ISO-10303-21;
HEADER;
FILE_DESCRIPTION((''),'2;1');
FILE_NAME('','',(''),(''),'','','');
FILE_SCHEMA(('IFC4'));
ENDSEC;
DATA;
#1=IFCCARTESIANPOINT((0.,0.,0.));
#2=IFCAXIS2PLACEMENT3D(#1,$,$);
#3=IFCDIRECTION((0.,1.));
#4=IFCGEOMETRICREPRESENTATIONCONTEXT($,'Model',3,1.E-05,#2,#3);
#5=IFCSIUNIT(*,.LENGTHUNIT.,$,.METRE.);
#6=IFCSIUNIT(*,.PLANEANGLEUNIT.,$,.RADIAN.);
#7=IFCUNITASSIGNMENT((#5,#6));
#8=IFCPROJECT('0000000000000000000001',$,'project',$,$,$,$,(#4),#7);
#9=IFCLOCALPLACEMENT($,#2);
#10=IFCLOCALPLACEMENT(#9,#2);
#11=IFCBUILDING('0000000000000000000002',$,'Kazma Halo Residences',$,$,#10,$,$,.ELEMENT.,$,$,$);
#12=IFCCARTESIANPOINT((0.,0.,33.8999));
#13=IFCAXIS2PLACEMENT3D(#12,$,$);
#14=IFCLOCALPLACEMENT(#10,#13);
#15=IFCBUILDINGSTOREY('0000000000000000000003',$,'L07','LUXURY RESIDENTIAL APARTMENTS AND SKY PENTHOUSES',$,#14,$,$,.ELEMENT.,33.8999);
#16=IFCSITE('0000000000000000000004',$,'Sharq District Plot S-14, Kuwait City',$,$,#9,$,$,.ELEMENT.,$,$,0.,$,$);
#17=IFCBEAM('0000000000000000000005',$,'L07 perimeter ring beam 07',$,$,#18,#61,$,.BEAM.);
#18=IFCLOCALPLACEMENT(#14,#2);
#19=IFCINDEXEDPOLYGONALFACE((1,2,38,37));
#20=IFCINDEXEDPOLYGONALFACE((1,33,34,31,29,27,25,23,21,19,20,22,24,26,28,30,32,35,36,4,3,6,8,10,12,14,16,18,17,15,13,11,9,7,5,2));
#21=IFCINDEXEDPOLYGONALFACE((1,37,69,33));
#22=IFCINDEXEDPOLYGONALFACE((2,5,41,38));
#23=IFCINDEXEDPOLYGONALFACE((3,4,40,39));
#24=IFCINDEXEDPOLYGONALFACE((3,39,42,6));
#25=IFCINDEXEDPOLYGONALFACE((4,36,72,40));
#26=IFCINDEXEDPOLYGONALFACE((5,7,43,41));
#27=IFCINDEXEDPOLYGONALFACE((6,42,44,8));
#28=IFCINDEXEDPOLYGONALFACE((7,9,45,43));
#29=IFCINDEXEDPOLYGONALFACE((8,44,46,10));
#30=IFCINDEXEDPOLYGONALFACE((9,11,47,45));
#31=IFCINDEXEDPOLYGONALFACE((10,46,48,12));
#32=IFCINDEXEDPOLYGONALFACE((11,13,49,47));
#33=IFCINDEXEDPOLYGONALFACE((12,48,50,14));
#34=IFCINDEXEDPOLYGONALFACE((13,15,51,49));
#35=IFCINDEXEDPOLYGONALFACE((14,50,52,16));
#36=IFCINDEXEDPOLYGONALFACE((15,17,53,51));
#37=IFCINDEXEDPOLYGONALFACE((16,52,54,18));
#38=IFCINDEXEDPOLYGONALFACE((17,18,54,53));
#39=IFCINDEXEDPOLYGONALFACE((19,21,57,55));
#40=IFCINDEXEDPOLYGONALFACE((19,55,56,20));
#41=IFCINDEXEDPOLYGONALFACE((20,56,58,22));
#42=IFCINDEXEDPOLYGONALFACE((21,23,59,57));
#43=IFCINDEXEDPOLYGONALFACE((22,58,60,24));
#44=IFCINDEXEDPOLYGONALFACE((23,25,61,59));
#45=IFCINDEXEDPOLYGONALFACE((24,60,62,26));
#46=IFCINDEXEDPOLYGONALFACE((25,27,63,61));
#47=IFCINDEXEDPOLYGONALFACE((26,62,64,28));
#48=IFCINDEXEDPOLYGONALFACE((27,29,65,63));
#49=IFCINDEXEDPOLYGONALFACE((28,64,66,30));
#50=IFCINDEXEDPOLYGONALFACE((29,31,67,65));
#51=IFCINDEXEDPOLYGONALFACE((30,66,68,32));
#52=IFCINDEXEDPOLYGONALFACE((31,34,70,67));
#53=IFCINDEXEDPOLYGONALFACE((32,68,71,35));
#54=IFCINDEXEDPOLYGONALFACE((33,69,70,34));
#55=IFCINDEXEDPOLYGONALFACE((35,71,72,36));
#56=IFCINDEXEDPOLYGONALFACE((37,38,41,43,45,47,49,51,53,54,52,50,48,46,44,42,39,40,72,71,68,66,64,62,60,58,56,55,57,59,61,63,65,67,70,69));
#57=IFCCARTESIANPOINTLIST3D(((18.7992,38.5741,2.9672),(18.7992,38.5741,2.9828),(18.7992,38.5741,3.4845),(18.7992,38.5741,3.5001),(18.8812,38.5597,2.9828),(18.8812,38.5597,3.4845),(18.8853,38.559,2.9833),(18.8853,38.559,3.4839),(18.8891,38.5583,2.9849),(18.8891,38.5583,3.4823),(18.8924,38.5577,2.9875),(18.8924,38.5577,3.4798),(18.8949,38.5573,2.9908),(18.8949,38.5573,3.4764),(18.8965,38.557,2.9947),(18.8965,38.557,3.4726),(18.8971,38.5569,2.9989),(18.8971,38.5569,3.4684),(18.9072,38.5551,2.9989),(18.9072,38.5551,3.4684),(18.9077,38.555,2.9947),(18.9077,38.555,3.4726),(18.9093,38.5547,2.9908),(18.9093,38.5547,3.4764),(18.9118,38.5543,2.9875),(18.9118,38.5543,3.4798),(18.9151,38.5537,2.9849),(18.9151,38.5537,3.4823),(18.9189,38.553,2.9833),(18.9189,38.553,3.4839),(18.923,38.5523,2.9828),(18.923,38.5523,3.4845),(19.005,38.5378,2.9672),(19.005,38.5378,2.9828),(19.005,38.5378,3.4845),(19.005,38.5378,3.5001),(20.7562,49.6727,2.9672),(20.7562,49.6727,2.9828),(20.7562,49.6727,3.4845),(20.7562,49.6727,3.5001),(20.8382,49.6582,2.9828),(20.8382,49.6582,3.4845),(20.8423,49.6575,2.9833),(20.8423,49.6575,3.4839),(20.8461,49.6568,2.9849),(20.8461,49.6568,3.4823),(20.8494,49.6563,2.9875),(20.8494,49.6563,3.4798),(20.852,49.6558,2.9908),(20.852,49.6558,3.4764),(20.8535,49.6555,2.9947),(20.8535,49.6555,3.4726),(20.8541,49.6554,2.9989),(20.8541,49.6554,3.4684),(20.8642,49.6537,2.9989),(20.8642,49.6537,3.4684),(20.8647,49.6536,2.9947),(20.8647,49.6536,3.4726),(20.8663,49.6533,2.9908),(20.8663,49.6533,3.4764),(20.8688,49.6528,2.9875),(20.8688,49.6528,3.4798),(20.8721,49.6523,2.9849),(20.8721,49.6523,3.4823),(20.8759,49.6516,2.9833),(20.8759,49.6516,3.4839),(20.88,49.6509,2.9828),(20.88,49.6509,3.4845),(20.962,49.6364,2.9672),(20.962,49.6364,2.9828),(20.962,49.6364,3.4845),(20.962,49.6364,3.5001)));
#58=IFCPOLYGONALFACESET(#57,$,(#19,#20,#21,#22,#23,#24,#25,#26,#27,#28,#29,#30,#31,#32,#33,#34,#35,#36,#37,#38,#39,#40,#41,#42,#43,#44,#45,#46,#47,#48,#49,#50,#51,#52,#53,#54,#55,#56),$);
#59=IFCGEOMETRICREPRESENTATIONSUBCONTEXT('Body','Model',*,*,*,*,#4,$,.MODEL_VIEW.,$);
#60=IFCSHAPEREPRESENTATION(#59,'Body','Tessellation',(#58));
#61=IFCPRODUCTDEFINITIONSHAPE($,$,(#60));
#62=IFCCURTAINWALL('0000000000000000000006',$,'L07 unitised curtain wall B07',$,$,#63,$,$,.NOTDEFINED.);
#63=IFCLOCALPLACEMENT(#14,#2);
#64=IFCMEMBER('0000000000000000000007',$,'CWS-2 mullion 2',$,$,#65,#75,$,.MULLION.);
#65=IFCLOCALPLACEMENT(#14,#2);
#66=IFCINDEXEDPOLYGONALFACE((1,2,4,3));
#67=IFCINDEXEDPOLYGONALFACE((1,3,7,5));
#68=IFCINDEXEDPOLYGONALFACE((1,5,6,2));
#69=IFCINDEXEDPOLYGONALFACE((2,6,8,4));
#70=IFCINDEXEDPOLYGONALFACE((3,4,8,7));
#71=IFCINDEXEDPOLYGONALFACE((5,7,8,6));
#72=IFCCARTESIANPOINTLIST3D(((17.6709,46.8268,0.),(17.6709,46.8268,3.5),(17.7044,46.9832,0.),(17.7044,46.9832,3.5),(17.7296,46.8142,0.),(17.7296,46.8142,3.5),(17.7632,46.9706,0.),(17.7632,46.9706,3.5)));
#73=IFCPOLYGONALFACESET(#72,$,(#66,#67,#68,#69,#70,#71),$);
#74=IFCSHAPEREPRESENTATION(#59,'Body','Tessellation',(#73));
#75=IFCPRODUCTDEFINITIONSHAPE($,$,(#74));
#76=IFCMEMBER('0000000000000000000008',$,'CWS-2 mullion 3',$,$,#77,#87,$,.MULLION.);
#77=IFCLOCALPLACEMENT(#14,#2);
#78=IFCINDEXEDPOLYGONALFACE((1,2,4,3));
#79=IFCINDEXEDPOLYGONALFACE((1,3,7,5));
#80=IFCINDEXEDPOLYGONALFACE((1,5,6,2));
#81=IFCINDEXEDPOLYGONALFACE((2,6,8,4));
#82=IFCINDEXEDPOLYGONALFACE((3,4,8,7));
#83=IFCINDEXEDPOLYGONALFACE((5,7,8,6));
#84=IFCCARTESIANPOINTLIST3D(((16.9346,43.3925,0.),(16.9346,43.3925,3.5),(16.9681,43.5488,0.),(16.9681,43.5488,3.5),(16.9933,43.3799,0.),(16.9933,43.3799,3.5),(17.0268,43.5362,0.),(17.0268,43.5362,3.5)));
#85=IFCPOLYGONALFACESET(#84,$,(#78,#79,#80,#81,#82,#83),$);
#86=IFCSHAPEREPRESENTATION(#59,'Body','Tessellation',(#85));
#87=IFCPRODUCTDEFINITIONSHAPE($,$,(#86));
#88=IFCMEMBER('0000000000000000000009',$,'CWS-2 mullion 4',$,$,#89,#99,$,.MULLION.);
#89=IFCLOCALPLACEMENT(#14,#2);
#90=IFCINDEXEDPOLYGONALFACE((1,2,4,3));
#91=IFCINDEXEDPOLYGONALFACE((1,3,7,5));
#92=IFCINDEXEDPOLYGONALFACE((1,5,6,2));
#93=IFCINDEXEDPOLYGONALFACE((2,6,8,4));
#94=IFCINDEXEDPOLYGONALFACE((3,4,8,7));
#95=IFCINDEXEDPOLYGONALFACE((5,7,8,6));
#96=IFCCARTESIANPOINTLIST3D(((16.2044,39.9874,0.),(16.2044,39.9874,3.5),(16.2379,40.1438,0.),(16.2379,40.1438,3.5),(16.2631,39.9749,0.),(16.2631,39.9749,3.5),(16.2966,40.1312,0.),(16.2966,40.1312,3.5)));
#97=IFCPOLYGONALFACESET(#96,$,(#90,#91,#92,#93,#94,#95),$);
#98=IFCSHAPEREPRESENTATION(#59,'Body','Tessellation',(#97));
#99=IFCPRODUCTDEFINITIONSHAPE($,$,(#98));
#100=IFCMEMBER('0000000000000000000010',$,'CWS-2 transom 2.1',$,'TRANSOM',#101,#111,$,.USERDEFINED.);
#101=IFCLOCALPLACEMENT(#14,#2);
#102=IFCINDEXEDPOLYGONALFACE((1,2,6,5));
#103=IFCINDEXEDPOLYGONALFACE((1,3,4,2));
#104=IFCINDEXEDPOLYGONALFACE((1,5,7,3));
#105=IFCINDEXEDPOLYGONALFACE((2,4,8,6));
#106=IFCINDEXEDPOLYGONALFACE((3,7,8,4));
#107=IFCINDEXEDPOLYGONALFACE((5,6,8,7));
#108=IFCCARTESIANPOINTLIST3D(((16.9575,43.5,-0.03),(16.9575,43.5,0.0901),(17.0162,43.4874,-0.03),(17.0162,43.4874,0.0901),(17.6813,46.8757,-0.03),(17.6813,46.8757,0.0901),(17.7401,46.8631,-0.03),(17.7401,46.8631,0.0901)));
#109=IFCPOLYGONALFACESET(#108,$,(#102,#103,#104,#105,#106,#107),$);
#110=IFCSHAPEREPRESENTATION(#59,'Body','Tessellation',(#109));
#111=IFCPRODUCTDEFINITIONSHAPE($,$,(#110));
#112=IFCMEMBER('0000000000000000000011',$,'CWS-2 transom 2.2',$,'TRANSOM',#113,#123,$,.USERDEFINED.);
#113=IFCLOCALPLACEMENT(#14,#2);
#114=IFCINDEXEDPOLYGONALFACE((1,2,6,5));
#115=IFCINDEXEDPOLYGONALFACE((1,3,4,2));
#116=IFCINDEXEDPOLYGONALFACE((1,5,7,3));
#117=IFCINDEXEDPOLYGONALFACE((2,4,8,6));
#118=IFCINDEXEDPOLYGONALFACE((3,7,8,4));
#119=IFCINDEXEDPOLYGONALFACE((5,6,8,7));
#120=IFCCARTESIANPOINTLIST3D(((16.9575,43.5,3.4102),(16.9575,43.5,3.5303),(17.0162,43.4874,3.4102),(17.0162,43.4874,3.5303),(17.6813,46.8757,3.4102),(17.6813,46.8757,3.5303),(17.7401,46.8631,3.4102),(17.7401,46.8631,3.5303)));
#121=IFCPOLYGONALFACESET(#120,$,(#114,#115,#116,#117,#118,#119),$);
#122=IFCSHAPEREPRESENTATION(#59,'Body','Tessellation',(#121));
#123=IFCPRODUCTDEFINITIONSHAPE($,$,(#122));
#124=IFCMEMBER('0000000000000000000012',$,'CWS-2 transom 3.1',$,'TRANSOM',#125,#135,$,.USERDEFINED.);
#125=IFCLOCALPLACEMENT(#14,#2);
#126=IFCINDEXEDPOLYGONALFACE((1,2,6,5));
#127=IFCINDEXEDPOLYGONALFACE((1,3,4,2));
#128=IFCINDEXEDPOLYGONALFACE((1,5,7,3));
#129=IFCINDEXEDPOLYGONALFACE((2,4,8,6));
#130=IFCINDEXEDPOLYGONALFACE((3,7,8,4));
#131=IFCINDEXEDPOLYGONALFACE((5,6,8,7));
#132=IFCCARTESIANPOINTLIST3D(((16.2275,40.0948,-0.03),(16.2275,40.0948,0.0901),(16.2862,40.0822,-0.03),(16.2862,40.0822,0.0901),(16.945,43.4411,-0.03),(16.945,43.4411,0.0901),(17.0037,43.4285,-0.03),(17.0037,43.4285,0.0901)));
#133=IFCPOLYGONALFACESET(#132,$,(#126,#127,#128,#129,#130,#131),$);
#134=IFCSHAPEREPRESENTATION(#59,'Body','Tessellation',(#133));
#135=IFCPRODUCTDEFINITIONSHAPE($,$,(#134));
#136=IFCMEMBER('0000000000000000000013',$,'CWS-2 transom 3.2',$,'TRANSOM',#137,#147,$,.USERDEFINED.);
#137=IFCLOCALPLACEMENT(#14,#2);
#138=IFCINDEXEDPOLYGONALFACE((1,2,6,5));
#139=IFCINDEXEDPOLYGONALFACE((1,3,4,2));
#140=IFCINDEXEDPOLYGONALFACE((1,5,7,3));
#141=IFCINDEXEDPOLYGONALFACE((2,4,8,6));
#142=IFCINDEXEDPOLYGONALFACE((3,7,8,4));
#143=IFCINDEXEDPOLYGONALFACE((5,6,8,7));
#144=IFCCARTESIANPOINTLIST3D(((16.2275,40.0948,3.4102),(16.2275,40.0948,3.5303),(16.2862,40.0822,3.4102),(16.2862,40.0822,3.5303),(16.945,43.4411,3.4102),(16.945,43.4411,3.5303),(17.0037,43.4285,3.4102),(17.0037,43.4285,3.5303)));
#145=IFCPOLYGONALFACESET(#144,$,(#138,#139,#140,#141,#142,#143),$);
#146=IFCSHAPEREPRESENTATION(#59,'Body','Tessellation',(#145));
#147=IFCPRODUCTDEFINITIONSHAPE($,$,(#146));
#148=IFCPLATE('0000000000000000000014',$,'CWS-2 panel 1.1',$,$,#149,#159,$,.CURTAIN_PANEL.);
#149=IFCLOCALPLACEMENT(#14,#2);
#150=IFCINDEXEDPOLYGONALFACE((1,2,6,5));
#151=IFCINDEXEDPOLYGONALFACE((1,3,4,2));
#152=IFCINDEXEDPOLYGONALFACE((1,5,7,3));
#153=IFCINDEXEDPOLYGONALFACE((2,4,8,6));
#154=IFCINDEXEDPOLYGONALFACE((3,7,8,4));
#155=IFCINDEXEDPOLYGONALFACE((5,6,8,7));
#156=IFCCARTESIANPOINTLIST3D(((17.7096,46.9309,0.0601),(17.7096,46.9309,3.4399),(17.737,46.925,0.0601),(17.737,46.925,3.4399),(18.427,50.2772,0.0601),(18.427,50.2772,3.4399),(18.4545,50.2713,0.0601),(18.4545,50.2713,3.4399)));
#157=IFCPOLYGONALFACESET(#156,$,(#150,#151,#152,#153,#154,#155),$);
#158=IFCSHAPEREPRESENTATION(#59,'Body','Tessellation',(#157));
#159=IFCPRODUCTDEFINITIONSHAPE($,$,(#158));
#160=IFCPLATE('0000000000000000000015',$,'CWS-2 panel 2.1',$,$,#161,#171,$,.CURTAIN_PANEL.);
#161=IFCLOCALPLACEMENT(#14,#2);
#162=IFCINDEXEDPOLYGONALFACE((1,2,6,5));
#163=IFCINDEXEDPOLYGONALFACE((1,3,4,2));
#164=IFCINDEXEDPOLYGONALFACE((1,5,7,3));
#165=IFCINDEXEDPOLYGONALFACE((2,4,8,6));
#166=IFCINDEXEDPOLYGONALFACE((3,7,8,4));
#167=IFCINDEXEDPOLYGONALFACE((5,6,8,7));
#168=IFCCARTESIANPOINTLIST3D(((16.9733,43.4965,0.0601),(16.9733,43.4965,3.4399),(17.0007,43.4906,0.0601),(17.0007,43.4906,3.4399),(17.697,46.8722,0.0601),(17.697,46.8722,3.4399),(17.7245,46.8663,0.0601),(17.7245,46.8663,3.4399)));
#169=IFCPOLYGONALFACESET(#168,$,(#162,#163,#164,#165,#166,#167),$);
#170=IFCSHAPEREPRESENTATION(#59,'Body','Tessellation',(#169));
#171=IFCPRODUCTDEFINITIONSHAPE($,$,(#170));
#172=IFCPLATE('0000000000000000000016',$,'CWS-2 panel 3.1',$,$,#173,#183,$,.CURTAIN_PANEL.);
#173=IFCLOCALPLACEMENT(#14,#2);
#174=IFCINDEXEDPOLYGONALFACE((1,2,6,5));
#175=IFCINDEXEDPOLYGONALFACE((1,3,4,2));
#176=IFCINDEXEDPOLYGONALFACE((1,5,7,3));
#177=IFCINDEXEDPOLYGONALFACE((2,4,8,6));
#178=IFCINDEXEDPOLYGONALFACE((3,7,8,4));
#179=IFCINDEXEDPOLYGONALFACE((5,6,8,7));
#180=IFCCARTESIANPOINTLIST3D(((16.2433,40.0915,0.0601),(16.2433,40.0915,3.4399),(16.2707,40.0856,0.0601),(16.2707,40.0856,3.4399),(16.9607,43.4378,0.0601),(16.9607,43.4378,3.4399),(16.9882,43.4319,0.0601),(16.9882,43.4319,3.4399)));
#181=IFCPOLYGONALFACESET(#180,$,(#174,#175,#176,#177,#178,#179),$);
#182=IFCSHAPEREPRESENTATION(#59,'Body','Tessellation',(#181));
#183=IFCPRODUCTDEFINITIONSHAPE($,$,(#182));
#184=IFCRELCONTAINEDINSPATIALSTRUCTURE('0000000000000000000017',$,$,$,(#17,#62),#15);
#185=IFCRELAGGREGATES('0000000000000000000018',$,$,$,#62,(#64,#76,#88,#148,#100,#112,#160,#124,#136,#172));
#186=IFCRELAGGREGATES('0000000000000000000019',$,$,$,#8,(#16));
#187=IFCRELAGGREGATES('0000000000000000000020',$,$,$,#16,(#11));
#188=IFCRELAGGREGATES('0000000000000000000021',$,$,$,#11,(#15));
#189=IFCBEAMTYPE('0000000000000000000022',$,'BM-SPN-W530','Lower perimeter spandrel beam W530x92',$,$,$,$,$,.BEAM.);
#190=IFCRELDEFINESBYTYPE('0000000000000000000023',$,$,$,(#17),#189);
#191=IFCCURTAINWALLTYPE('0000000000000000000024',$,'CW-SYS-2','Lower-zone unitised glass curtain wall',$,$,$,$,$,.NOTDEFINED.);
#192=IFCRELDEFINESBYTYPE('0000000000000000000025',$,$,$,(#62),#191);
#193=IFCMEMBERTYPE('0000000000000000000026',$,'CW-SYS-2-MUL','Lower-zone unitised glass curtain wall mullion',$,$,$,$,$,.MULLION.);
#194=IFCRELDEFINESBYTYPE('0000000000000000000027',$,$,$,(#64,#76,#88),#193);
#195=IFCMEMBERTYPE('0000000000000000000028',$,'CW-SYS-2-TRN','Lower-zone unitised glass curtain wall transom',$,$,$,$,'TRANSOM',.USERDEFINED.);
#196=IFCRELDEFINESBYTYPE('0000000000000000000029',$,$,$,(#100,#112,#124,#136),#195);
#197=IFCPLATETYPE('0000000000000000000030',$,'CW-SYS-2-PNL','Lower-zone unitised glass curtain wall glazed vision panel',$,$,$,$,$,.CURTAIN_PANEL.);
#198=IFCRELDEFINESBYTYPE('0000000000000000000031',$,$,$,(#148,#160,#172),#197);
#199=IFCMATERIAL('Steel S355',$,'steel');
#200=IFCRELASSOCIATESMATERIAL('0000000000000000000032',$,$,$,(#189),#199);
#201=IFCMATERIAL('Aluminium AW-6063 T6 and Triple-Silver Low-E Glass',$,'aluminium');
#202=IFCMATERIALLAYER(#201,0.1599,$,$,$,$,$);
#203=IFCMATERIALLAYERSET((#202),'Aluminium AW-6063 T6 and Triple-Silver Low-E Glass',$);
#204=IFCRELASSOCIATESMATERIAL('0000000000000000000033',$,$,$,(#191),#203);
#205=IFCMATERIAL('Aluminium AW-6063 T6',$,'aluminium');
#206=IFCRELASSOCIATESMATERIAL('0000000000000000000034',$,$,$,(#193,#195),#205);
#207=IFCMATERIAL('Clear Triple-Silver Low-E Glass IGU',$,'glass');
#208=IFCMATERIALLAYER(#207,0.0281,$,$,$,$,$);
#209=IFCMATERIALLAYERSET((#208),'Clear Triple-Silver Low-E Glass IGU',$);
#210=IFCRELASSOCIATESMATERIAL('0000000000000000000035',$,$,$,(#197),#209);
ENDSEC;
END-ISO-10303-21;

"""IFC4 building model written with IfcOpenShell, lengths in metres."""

from ifc_helpers import new_model, si_unit, direction, frame, origin, origin_2d, place, context, subcontext, project, spatial, rectangle, i_section, extrude, material, layer, layer_set, material_profile, profile_set, type_object, element, aggregate, save


model = new_model("IFC4")

# Units and contexts
model_context = context("Model", 3, precision=1e-05, world=origin(), true_north=direction((0.0, 1.0)))
body_context = subcontext(model_context, "Body", "Model", "MODEL_VIEW")
ifc_project = project(units=[si_unit("LENGTHUNIT", "METRE"), si_unit("PLANEANGLEUNIT", "RADIAN")], contexts=[model_context])

# Site, building, storey
site_placement = place(None, origin())
site = spatial("IfcSite", under=ifc_project, at=site_placement, Name="Sharq District Plot S-14, Kuwait City", CompositionType="ELEMENT", RefElevation=0.0)
building_placement = place(site_placement, origin())
building = spatial("IfcBuilding", under=site, at=building_placement, Name="Kazma Halo Residences", CompositionType="ELEMENT")
storey_placement = place(building_placement, frame((0.0, 0.0, 33.8999)))
storey = spatial("IfcBuildingStorey", under=building, at=storey_placement, Name="L07", Description="LUXURY RESIDENTIAL APARTMENTS AND SKY PENTHOUSES", CompositionType="ELEMENT", Elevation=33.8999)

# Beam
ifc_material_1 = material(Name="Steel S355", Category="steel")
ifc_material_profile_1 = material_profile(ifc_material_1, i_section(OverallWidth=0.209, OverallDepth=0.533, WebThickness=0.0103, FlangeThickness=0.0156, FilletRadius=0.0161, at=origin_2d()), Name="W530x92")
ifc_profile_set_1 = profile_set([ifc_material_profile_1], Name="Steel S355")
beam_type_1 = type_object("IfcBeamType", Name="BM-SPN-W530", Description="Lower perimeter spandrel beam W530x92", PredefinedType="BEAM", material=ifc_profile_set_1)
beam_1_placement = place(storey_placement, frame((20.8591, 49.6545, 3.2336), z_axis=(-0.173652, -0.984807, 0.0), x_axis=(0.984807, -0.173652, 0.0)))
element("IfcBeam", 1, at=beam_1_placement, inside=storey, type_object=beam_type_1, Name="L07 perimeter ring beam 07", PredefinedType="BEAM", context=body_context, shape_type="SweptSolid", body=[
    extrude(i_section(OverallWidth=0.209, OverallDepth=0.533, WebThickness=0.0103, FlangeThickness=0.0156, FilletRadius=0.0161, at=origin_2d()), origin(), (0.0, 0.0, 1.0), 11.2698),
])

# Curtain wall, members, plates
ifc_material_2 = material(Name="Aluminium AW-6063 T6 and Triple-Silver Low-E Glass", Category="aluminium")
ifc_layer_1 = layer(ifc_material_2, 0.1599)
ifc_layer_set_1 = layer_set([ifc_layer_1], Name="Aluminium AW-6063 T6 and Triple-Silver Low-E Glass")
curtain_wall_type = type_object("IfcCurtainWallType", Name="CW-SYS-2", Description="Lower-zone unitised glass curtain wall", PredefinedType="NOTDEFINED", material=ifc_layer_set_1)
curtain_wall_placement = place(storey_placement, origin())
curtain_wall = element("IfcCurtainWall", 2, at=curtain_wall_placement, inside=storey, type_object=curtain_wall_type, Name="L07 unitised curtain wall B07", PredefinedType="NOTDEFINED")
ifc_material_3 = material(Name="Aluminium AW-6063 T6", Category="aluminium")
ifc_material_profile_2 = material_profile(ifc_material_3, rectangle(XDim=0.0601, YDim=0.1599, at=origin_2d()), Name="CWM-60x160")
ifc_profile_set_2 = profile_set([ifc_material_profile_2], Name="Aluminium AW-6063 T6")
member_type_1 = type_object("IfcMemberType", Name="CW-SYS-2-MUL", Description="Lower-zone unitised glass curtain wall mullion", PredefinedType="MULLION", material=ifc_profile_set_2)
member_1_placement = place(storey_placement, frame((17.717, 46.8987, 0.0), z_axis=(0.0, 0.0, 1.0), x_axis=(0.977779, -0.209637, 0.0)))
member_1 = element("IfcMember", 3, at=member_1_placement, type_object=member_type_1, Name="CWS-2 mullion 2", PredefinedType="MULLION", context=body_context, shape_type="SweptSolid", body=[
    extrude(rectangle(XDim=0.0601, YDim=0.1599, at=origin_2d()), origin(), (0.0, 0.0, 1.0), 3.5),
])
member_2_placement = place(storey_placement, frame((16.9807, 43.4644, 0.0), z_axis=(0.0, 0.0, 1.0), x_axis=(0.977779, -0.209637, 0.0)))
member_2 = element("IfcMember", 4, at=member_2_placement, type_object=member_type_1, Name="CWS-2 mullion 3", PredefinedType="MULLION", context=body_context, shape_type="SweptSolid", body=[
    extrude(rectangle(XDim=0.0601, YDim=0.1599, at=origin_2d()), origin(), (0.0, 0.0, 1.0), 3.5),
])
member_3_placement = place(storey_placement, frame((16.2505, 40.0593, 0.0), z_axis=(0.0, 0.0, 1.0), x_axis=(0.977779, -0.209637, 0.0)))
member_3 = element("IfcMember", 5, at=member_3_placement, type_object=member_type_1, Name="CWS-2 mullion 4", PredefinedType="MULLION", context=body_context, shape_type="SweptSolid", body=[
    extrude(rectangle(XDim=0.0601, YDim=0.1599, at=origin_2d()), origin(), (0.0, 0.0, 1.0), 3.5),
])
ifc_material_profile_3 = material_profile(ifc_material_3, rectangle(XDim=0.0601, YDim=0.1201, at=origin_2d()), Name="CWT-60x120")
ifc_profile_set_3 = profile_set([ifc_material_profile_3], Name="Aluminium AW-6063 T6")
member_type_2 = type_object("IfcMemberType", Name="CW-SYS-2-TRN", Description="Lower-zone unitised glass curtain wall transom", ElementType="TRANSOM", PredefinedType="USERDEFINED", material=ifc_profile_set_3)
member_4_placement = place(storey_placement, frame((17.7107, 46.8694, 0.03), z_axis=(-0.209669, -0.977772, 0.0), x_axis=(0.977772, -0.209669, 0.0)))
member_4 = element("IfcMember", 6, at=member_4_placement, type_object=member_type_2, Name="CWS-2 transom 2.1", ObjectType="TRANSOM", PredefinedType="USERDEFINED", context=body_context, shape_type="SweptSolid", body=[
    extrude(rectangle(XDim=0.0601, YDim=0.1201, at=origin_2d()), origin(), (0.0, 0.0, 1.0), 3.4524),
])
member_5_placement = place(storey_placement, frame((17.7107, 46.8694, 3.4702), z_axis=(-0.209669, -0.977772, 0.0), x_axis=(0.977772, -0.209669, 0.0)))
member_5 = element("IfcMember", 7, at=member_5_placement, type_object=member_type_2, Name="CWS-2 transom 2.2", ObjectType="TRANSOM", PredefinedType="USERDEFINED", context=body_context, shape_type="SweptSolid", body=[
    extrude(rectangle(XDim=0.0601, YDim=0.1201, at=origin_2d()), origin(), (0.0, 0.0, 1.0), 3.4524),
])
member_6_placement = place(storey_placement, frame((16.9744, 43.4348, 0.03), z_axis=(-0.209666, -0.977773, 0.0), x_axis=(0.977773, -0.209666, 0.0)))
member_6 = element("IfcMember", 8, at=member_6_placement, type_object=member_type_2, Name="CWS-2 transom 3.1", ObjectType="TRANSOM", PredefinedType="USERDEFINED", context=body_context, shape_type="SweptSolid", body=[
    extrude(rectangle(XDim=0.0601, YDim=0.1201, at=origin_2d()), origin(), (0.0, 0.0, 1.0), 3.4224),
])
member_7_placement = place(storey_placement, frame((16.9744, 43.4348, 3.4702), z_axis=(-0.209666, -0.977773, 0.0), x_axis=(0.977773, -0.209666, 0.0)))
member_7 = element("IfcMember", 9, at=member_7_placement, type_object=member_type_2, Name="CWS-2 transom 3.2", ObjectType="TRANSOM", PredefinedType="USERDEFINED", context=body_context, shape_type="SweptSolid", body=[
    extrude(rectangle(XDim=0.0601, YDim=0.1201, at=origin_2d()), origin(), (0.0, 0.0, 1.0), 3.4224),
])
ifc_material_4 = material(Name="Clear Triple-Silver Low-E Glass IGU", Category="glass")
ifc_layer_2 = layer(ifc_material_4, 0.0281)
ifc_layer_set_2 = layer_set([ifc_layer_2], Name="Clear Triple-Silver Low-E Glass IGU")
plate_type = type_object("IfcPlateType", Name="CW-SYS-2-PNL", Description="Lower-zone unitised glass curtain wall glazed vision panel", PredefinedType="CURTAIN_PANEL", material=ifc_layer_set_2)
plate_1_placement = place(storey_placement, frame((18.082, 48.6011, 0.0601), z_axis=(0.0, 0.0, 1.0), x_axis=(-0.209637, -0.977779, 0.0)))
plate_1 = element("IfcPlate", 10, at=plate_1_placement, type_object=plate_type, Name="CWS-2 panel 1.1", PredefinedType="CURTAIN_PANEL", context=body_context, shape_type="SweptSolid", body=[
    extrude(rectangle(XDim=3.4224, YDim=0.0281, at=origin_2d()), origin(), (0.0, 0.0, 1.0), 3.3799),
])
plate_2_placement = place(storey_placement, frame((17.3489, 45.1814, 0.0601), z_axis=(0.0, 0.0, 1.0), x_axis=(-0.209637, -0.977779, 0.0)))
plate_2 = element("IfcPlate", 11, at=plate_2_placement, type_object=plate_type, Name="CWS-2 panel 2.1", PredefinedType="CURTAIN_PANEL", context=body_context, shape_type="SweptSolid", body=[
    extrude(rectangle(XDim=3.4524, YDim=0.0281, at=origin_2d()), origin(), (0.0, 0.0, 1.0), 3.3799),
])
plate_3_placement = place(storey_placement, frame((16.6157, 41.7617, 0.0601), z_axis=(0.0, 0.0, 1.0), x_axis=(-0.209637, -0.977779, 0.0)))
plate_3 = element("IfcPlate", 12, at=plate_3_placement, type_object=plate_type, Name="CWS-2 panel 3.1", PredefinedType="CURTAIN_PANEL", context=body_context, shape_type="SweptSolid", body=[
    extrude(rectangle(XDim=3.4224, YDim=0.0281, at=origin_2d()), origin(), (0.0, 0.0, 1.0), 3.3799),
])
aggregate(curtain_wall, [member_1, member_2, member_3, plate_1, member_4, member_5, plate_2, member_6, member_7, plate_3])

save(model, "model.ifc")
